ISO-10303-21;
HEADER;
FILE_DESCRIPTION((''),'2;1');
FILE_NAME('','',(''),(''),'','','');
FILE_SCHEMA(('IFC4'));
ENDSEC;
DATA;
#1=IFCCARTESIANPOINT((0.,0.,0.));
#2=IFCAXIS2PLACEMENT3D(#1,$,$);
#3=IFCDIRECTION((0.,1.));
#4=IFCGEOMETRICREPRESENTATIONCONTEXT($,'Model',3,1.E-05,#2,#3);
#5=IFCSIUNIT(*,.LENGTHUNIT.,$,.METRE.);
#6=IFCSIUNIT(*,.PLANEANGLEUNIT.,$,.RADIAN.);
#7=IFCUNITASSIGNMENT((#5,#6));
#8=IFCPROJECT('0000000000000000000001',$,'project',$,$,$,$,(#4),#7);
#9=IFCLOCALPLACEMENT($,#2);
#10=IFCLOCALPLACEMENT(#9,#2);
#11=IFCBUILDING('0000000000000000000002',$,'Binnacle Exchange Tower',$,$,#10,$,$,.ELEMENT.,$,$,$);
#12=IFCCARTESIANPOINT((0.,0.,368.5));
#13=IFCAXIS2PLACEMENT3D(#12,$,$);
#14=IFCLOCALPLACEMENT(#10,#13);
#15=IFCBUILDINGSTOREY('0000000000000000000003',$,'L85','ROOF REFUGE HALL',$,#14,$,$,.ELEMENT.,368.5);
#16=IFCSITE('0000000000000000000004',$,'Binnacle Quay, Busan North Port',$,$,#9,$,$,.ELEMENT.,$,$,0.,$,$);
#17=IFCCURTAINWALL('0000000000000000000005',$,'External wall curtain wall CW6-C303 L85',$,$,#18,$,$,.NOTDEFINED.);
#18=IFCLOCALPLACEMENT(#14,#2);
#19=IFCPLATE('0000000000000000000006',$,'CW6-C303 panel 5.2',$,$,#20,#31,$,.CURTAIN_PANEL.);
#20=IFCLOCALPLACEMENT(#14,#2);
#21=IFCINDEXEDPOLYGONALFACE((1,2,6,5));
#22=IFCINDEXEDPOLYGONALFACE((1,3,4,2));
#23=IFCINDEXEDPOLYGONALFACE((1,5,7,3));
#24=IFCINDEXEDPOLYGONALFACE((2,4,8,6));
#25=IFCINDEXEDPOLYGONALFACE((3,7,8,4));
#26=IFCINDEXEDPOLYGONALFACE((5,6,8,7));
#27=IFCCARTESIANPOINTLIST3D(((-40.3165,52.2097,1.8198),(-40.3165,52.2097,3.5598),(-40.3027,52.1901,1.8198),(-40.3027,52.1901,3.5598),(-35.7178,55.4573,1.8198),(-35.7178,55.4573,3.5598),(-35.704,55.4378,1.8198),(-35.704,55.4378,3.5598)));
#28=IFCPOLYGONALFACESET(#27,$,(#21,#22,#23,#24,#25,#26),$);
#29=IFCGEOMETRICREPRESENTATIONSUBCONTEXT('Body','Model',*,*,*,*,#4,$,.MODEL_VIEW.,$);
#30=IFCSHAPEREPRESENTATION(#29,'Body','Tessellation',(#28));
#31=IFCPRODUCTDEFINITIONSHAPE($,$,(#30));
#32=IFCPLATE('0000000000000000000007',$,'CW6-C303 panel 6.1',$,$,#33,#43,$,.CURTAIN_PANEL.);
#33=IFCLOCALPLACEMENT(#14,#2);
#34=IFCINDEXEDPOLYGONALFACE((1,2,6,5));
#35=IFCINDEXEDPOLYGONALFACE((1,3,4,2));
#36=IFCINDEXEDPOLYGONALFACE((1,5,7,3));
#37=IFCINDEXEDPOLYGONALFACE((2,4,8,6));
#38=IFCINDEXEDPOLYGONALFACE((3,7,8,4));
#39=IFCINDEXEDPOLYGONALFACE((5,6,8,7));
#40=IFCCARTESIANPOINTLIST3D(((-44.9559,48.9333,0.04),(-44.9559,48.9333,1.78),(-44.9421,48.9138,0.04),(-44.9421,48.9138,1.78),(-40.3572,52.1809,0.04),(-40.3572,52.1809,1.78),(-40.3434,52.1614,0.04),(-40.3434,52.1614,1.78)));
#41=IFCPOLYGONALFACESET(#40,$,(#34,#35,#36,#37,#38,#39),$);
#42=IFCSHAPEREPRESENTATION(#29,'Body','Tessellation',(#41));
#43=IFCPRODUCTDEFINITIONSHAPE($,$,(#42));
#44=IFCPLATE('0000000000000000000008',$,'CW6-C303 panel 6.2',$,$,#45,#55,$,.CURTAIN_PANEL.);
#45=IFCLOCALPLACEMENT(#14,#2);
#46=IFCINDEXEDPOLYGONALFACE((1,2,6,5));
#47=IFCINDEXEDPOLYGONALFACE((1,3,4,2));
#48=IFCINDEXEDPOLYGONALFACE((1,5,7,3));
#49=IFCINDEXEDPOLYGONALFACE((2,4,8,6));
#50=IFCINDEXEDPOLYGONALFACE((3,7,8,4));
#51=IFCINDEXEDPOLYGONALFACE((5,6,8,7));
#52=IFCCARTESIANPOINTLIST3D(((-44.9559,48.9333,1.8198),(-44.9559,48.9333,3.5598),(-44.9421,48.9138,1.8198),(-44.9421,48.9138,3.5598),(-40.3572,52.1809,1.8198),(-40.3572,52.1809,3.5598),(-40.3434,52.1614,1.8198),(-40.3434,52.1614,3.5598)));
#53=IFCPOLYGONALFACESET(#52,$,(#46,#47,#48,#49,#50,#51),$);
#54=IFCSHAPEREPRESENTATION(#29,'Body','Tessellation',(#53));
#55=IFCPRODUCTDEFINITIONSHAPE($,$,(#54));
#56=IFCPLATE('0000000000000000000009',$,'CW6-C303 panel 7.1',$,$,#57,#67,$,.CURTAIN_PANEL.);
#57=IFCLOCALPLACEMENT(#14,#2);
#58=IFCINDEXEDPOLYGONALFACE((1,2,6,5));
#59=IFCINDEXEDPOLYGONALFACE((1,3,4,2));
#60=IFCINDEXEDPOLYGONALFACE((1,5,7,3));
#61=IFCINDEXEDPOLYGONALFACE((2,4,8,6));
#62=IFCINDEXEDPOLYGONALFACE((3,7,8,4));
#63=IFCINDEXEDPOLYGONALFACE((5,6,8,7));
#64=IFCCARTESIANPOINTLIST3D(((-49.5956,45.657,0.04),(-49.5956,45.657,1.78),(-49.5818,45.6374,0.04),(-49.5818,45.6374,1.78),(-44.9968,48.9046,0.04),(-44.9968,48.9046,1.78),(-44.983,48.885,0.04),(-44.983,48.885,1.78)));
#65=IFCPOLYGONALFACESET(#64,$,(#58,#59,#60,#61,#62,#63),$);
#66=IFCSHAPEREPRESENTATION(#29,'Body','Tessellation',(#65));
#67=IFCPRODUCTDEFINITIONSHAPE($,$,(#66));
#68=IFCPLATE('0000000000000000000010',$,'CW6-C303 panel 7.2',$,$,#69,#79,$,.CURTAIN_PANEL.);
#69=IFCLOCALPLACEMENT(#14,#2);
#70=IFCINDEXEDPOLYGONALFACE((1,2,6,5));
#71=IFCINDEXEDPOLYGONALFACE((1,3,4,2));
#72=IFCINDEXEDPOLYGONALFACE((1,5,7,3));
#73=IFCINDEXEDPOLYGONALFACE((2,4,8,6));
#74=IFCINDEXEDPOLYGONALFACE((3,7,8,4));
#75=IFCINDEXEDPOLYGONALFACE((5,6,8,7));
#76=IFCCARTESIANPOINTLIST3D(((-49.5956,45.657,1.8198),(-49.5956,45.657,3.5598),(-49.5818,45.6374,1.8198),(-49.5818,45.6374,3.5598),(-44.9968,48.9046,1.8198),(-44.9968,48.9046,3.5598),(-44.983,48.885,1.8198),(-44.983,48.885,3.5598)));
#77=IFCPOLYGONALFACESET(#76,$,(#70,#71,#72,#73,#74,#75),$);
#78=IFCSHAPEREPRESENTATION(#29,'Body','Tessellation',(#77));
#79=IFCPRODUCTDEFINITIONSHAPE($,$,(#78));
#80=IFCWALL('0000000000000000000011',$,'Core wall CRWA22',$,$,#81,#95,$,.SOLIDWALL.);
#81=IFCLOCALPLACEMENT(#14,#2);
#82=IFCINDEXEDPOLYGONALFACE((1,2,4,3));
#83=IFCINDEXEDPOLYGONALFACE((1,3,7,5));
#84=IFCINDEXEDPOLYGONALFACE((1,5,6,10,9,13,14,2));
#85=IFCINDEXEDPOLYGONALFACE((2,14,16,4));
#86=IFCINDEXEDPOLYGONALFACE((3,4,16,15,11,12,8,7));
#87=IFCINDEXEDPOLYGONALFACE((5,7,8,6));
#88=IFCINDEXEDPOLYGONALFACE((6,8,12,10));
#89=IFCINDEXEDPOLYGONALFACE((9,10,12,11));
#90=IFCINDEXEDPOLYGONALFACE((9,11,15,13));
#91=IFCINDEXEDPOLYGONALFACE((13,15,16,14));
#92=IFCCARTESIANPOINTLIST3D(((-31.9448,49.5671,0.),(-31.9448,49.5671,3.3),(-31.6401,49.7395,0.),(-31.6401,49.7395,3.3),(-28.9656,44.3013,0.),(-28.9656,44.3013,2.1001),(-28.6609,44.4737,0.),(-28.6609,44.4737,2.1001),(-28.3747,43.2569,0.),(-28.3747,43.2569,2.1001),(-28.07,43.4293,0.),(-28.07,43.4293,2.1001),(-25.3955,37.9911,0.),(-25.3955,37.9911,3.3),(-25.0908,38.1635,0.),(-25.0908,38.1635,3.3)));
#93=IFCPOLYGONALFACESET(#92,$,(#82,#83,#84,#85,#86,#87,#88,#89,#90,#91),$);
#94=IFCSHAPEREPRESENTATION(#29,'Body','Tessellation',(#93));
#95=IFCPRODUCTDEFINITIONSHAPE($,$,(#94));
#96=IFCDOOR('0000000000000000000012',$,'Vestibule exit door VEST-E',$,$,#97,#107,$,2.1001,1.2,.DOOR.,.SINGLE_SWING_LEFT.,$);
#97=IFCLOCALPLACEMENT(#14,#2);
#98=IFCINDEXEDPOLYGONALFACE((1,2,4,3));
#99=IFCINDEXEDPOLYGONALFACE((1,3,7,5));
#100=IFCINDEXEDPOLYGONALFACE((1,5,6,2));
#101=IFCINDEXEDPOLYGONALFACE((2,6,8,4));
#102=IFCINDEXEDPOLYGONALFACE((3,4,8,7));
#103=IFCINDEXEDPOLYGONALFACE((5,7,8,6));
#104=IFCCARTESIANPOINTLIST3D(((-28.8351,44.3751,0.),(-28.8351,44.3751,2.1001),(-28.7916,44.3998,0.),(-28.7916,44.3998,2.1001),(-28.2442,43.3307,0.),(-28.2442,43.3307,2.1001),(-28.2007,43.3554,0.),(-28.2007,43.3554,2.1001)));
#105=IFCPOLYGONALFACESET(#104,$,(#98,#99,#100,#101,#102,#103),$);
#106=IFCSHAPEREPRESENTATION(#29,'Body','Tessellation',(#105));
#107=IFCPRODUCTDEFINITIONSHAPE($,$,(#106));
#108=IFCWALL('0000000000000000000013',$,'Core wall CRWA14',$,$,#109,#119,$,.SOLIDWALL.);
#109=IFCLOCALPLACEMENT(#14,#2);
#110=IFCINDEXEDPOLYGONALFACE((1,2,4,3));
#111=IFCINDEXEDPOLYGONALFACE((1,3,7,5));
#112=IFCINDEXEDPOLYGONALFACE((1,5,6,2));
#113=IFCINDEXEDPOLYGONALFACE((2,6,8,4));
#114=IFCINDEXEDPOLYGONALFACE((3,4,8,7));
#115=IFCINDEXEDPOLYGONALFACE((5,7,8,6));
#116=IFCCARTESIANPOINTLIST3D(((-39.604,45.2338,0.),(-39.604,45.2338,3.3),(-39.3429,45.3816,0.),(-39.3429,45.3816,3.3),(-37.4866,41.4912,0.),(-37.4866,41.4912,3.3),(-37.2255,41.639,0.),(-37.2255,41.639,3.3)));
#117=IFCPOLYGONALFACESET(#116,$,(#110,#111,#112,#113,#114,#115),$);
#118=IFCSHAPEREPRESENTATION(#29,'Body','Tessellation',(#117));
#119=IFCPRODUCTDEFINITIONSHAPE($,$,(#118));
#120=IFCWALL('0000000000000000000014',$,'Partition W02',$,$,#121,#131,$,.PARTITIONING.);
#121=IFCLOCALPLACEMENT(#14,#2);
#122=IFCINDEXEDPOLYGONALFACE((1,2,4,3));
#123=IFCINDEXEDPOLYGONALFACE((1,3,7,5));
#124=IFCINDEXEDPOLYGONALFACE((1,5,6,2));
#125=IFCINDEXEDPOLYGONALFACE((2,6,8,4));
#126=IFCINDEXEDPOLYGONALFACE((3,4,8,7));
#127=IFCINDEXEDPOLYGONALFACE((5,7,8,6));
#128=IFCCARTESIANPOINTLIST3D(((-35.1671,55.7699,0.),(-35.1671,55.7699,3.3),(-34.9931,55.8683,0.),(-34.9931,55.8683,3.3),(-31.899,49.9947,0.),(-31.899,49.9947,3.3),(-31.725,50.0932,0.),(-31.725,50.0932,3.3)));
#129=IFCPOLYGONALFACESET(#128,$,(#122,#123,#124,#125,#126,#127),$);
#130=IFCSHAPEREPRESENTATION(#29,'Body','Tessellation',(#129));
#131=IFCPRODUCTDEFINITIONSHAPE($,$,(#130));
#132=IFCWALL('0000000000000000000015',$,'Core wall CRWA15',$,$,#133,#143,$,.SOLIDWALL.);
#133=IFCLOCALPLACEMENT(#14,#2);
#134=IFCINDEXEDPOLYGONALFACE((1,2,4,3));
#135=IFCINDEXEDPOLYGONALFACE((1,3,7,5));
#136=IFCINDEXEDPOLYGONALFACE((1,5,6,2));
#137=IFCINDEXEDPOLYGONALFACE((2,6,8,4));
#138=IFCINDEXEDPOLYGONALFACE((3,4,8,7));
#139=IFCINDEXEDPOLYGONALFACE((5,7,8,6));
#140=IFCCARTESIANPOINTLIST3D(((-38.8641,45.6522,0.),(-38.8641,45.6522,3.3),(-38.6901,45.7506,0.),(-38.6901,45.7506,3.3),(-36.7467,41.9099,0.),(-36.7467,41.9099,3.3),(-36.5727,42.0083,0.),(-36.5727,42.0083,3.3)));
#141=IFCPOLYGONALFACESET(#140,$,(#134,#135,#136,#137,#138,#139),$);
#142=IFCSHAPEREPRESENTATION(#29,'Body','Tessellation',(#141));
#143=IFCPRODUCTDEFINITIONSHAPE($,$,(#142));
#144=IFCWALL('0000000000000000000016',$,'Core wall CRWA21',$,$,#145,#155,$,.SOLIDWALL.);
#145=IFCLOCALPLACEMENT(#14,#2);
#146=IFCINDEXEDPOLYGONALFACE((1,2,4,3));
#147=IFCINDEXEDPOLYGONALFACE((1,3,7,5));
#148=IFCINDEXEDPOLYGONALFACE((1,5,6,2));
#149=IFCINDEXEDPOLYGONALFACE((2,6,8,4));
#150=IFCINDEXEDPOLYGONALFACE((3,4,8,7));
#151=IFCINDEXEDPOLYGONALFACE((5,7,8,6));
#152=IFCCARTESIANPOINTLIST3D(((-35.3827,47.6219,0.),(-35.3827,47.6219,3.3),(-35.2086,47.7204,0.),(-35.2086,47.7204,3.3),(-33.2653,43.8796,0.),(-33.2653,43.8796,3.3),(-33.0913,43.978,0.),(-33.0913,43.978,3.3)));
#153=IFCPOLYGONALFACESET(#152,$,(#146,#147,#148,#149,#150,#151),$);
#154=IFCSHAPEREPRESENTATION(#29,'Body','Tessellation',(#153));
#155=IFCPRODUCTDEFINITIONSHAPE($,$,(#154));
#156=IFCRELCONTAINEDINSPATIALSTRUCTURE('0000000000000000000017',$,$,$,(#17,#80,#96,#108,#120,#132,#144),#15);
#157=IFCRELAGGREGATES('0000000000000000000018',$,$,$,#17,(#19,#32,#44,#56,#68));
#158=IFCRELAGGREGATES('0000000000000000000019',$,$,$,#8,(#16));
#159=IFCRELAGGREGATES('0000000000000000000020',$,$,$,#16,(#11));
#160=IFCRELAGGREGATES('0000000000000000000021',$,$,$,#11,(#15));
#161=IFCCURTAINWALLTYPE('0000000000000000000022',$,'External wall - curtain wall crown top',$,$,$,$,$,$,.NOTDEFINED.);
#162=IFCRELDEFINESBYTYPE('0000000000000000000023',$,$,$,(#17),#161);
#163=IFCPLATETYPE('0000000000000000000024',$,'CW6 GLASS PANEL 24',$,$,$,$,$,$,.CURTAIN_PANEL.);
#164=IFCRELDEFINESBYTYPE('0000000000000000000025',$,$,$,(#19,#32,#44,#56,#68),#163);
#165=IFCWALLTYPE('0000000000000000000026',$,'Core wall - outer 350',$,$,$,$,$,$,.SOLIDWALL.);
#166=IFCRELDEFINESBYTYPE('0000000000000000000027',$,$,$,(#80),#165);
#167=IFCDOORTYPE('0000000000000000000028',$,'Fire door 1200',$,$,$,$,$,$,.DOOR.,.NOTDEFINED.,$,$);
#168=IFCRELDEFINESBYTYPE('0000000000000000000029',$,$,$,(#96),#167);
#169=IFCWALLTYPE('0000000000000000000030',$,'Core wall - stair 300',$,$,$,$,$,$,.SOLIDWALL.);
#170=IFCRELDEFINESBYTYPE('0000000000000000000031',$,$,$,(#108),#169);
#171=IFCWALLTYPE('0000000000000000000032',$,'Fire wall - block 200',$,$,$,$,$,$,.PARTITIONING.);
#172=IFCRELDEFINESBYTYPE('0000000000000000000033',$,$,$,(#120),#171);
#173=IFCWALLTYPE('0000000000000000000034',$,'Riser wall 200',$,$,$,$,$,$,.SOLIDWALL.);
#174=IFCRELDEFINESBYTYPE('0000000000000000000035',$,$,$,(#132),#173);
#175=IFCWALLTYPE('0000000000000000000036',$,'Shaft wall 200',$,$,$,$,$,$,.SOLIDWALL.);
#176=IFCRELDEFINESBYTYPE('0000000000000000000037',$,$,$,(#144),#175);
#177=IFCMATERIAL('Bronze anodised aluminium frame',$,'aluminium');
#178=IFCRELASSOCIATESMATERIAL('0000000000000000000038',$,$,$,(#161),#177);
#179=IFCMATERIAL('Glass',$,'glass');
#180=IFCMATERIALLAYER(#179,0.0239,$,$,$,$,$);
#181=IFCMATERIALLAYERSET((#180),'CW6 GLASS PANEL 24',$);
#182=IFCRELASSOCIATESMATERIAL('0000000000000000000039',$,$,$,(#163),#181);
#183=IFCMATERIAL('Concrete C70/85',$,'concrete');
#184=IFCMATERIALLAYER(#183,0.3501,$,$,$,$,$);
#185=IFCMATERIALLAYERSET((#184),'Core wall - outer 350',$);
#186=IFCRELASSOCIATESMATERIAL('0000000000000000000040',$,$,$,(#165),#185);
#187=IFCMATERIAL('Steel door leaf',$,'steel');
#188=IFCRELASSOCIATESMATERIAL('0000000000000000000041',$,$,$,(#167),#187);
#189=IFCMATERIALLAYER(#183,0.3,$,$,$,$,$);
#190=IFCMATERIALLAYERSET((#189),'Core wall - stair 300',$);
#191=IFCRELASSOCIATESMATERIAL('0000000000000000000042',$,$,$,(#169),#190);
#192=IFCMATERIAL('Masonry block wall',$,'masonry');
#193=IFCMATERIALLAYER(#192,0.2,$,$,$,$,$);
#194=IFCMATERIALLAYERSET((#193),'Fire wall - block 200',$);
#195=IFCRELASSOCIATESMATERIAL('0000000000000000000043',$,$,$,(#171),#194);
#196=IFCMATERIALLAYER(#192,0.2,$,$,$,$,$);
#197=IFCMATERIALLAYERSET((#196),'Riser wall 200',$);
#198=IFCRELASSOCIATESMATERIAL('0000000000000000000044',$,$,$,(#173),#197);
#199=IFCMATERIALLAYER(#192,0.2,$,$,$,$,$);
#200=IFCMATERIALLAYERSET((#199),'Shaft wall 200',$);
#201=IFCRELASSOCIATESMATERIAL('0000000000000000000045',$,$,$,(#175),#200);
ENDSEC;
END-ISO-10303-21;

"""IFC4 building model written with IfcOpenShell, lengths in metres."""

from ifc_helpers import new_model, si_unit, direction, frame, frame_2d, origin, origin_2d, place, context, subcontext, project, spatial, rectangle, extrude, material, layer, layer_set, type_object, element, fill, aggregate, save


model = new_model("IFC4")

# Units and contexts
model_context = context("Model", 3, precision=1e-05, world=origin(), true_north=direction((0.0, 1.0)))
body_context = subcontext(model_context, "Body", "Model", "MODEL_VIEW")
ifc_project = project(units=[si_unit("LENGTHUNIT", "METRE"), si_unit("PLANEANGLEUNIT", "RADIAN")], contexts=[model_context])

# Site, building, storey
site_placement = place(None, origin())
site = spatial("IfcSite", under=ifc_project, at=site_placement, Name="Binnacle Quay, Busan North Port", CompositionType="ELEMENT", RefElevation=0.0)
building_placement = place(site_placement, origin())
building = spatial("IfcBuilding", under=site, at=building_placement, Name="Binnacle Exchange Tower", CompositionType="ELEMENT")
storey_placement = place(building_placement, frame((0.0, 0.0, 368.5)))
storey = spatial("IfcBuildingStorey", under=building, at=storey_placement, Name="L85", Description="ROOF REFUGE HALL", CompositionType="ELEMENT", Elevation=368.5)

# Curtain wall
ifc_material_1 = material(Name="Bronze anodised aluminium frame", Category="aluminium")
curtain_wall_type = type_object("IfcCurtainWallType", Name="External wall - curtain wall crown top", PredefinedType="NOTDEFINED", material=ifc_material_1)
curtain_wall_placement = place(storey_placement, origin())
curtain_wall = element("IfcCurtainWall", 1, at=curtain_wall_placement, inside=storey, type_object=curtain_wall_type, Name="External wall curtain wall CW6-C303 L85", PredefinedType="NOTDEFINED")

# Plates
ifc_material_2 = material(Name="Glass", Category="glass")
ifc_layer_1 = layer(ifc_material_2, 0.0239)
ifc_layer_set_1 = layer_set([ifc_layer_1], Name="CW6 GLASS PANEL 24")
plate_type = type_object("IfcPlateType", Name="CW6 GLASS PANEL 24", PredefinedType="CURTAIN_PANEL", material=ifc_layer_set_1)
plate_1_placement = place(storey_placement, frame((-38.0103, 53.8237, 1.8198), z_axis=(0.0, 0.0, 1.0), x_axis=(-0.816847, -0.576854, 0.0)))
plate_1 = element("IfcPlate", 2, at=plate_1_placement, type_object=plate_type, Name="CW6-C303 panel 5.2", PredefinedType="CURTAIN_PANEL", context=body_context, shape_type="SweptSolid", body=[
    extrude(rectangle(XDim=5.6299, YDim=0.0239, at=origin_2d()), origin(), (0.0, 0.0, 1.0), 1.74),
])
plate_2_placement = place(storey_placement, frame((-42.6497, 50.5474, 0.04), z_axis=(0.0, 0.0, 1.0), x_axis=(-0.816847, -0.576854, 0.0)))
plate_2 = element("IfcPlate", 3, at=plate_2_placement, type_object=plate_type, Name="CW6-C303 panel 6.1", PredefinedType="CURTAIN_PANEL", context=body_context, shape_type="SweptSolid", body=[
    extrude(rectangle(XDim=5.6299, YDim=0.0239, at=origin_2d()), origin(), (0.0, 0.0, 1.0), 1.74),
])
plate_3_placement = place(storey_placement, frame((-42.6497, 50.5474, 1.8198), z_axis=(0.0, 0.0, 1.0), x_axis=(-0.816847, -0.576854, 0.0)))
plate_3 = element("IfcPlate", 4, at=plate_3_placement, type_object=plate_type, Name="CW6-C303 panel 6.2", PredefinedType="CURTAIN_PANEL", context=body_context, shape_type="SweptSolid", body=[
    extrude(rectangle(XDim=5.6299, YDim=0.0239, at=origin_2d()), origin(), (0.0, 0.0, 1.0), 1.74),
])
plate_4_placement = place(storey_placement, frame((-47.2893, 47.271, 0.04), z_axis=(0.0, 0.0, 1.0), x_axis=(-0.816847, -0.576854, 0.0)))
plate_4 = element("IfcPlate", 5, at=plate_4_placement, type_object=plate_type, Name="CW6-C303 panel 7.1", PredefinedType="CURTAIN_PANEL", context=body_context, shape_type="SweptSolid", body=[
    extrude(rectangle(XDim=5.6299, YDim=0.0239, at=origin_2d()), origin(), (0.0, 0.0, 1.0), 1.74),
])
plate_5_placement = place(storey_placement, frame((-47.2893, 47.271, 1.8198), z_axis=(0.0, 0.0, 1.0), x_axis=(-0.816847, -0.576854, 0.0)))
plate_5 = element("IfcPlate", 6, at=plate_5_placement, type_object=plate_type, Name="CW6-C303 panel 7.2", PredefinedType="CURTAIN_PANEL", context=body_context, shape_type="SweptSolid", body=[
    extrude(rectangle(XDim=5.6299, YDim=0.0239, at=origin_2d()), origin(), (0.0, 0.0, 1.0), 1.74),
])
aggregate(curtain_wall, [plate_1, plate_2, plate_3, plate_4, plate_5])

# Wall, opening, door
ifc_material_3 = material(Name="Concrete C70/85", Category="concrete")
ifc_layer_2 = layer(ifc_material_3, 0.3501)
ifc_layer_set_2 = layer_set([ifc_layer_2], Name="Core wall - outer 350")
wall_type_1 = type_object("IfcWallType", Name="Core wall - outer 350", PredefinedType="SOLIDWALL", material=ifc_layer_set_2)
wall_1_placement = place(storey_placement, frame((-31.7925, 49.6533, 0.0), z_axis=(0.0, 0.0, 1.0), x_axis=(0.492422, -0.870357, 0.0)))
wall_1 = element("IfcWall", 7, at=wall_1_placement, inside=storey, type_object=wall_type_1, Name="Core wall CRWA22", PredefinedType="SOLIDWALL", context=body_context, shape_type="SweptSolid", body=[
    extrude(rectangle(XDim=13.3003, YDim=0.3501, at=frame_2d((6.6501, 0.0))), origin(), (0.0, 0.0, 1.0), 3.3),
])
opening_placement = place(wall_1_placement, frame((6.05, 0.0, 0.0)))
opening = element("IfcOpeningElement", 8, at=opening_placement, cuts=wall_1, PredefinedType="OPENING", context=body_context, shape_type="SweptSolid", body=[
    extrude(rectangle(XDim=1.2, YDim=2.1001, at=frame_2d((0.6001, 1.05))), frame((0.0, 0.1851, 0.0), z_axis=(0.0, -1.0, 0.0), x_axis=(1.0, 0.0, 0.0)), (0.0, 0.0, 1.0), 0.3701),
])
ifc_material_4 = material(Name="Steel door leaf", Category="steel")
door_type = type_object("IfcDoorType", Name="Fire door 1200", OperationType="NOTDEFINED", PredefinedType="DOOR", material=ifc_material_4)
door_placement = place(opening_placement, origin())
door = element("IfcDoor", 9, at=door_placement, inside=storey, type_object=door_type, Name="Vestibule exit door VEST-E", OperationType="SINGLE_SWING_LEFT", OverallHeight=2.1001, OverallWidth=1.2, PredefinedType="DOOR", context=body_context, shape_type="SweptSolid", body=[
    extrude(rectangle(XDim=1.2, YDim=2.1001, at=frame_2d((0.6001, 1.05))), frame((0.0, 0.0249, 0.0), z_axis=(0.0, -1.0, 0.0), x_axis=(1.0, 0.0, 0.0)), (0.0, 0.0, 1.0), 0.05),
])
fill(opening, door)

# Walls
ifc_layer_3 = layer(ifc_material_3, 0.3)
ifc_layer_set_3 = layer_set([ifc_layer_3], Name="Core wall - stair 300")
wall_type_2 = type_object("IfcWallType", Name="Core wall - stair 300", PredefinedType="SOLIDWALL", material=ifc_layer_set_3)
wall_2_placement = place(storey_placement, frame((-39.4734, 45.3076, 0.0), z_axis=(0.0, 0.0, 1.0), x_axis=(0.492411, -0.870363, 0.0)))
element("IfcWall", 10, at=wall_2_placement, inside=storey, type_object=wall_type_2, Name="Core wall CRWA14", PredefinedType="SOLIDWALL", context=body_context, shape_type="SweptSolid", body=[
    extrude(rectangle(XDim=4.3, YDim=0.3, at=frame_2d((2.1499, 0.0))), origin(), (0.0, 0.0, 1.0), 3.3),
])
ifc_material_5 = material(Name="Masonry block wall", Category="masonry")
ifc_layer_4 = layer(ifc_material_5, 0.2)
ifc_layer_set_4 = layer_set([ifc_layer_4], Name="Fire wall - block 200")
wall_type_3 = type_object("IfcWallType", Name="Fire wall - block 200", PredefinedType="PARTITIONING", material=ifc_layer_set_4)
wall_3_placement = place(storey_placement, frame((-35.0801, 55.8191, 0.0), z_axis=(0.0, 0.0, 1.0), x_axis=(0.492497, -0.870314, 0.0)))
element("IfcWall", 11, at=wall_3_placement, inside=storey, type_object=wall_type_3, Name="Partition W02", PredefinedType="PARTITIONING", context=body_context, shape_type="SweptSolid", body=[
    extrude(rectangle(XDim=6.6357, YDim=0.2, at=frame_2d((3.3179, 0.0))), origin(), (0.0, 0.0, 1.0), 3.3),
])
ifc_layer_5 = layer(ifc_material_5, 0.2)
ifc_layer_set_5 = layer_set([ifc_layer_5], Name="Riser wall 200")
wall_type_4 = type_object("IfcWallType", Name="Riser wall 200", PredefinedType="SOLIDWALL", material=ifc_layer_set_5)
wall_4_placement = place(storey_placement, frame((-38.7771, 45.7014, 0.0), z_axis=(0.0, 0.0, 1.0), x_axis=(0.492435, -0.870349, 0.0)))
element("IfcWall", 12, at=wall_4_placement, inside=storey, type_object=wall_type_4, Name="Core wall CRWA15", PredefinedType="SOLIDWALL", context=body_context, shape_type="SweptSolid", body=[
    extrude(rectangle(XDim=4.2998, YDim=0.2, at=frame_2d((2.1499, 0.0))), origin(), (0.0, 0.0, 1.0), 3.3),
])
ifc_layer_6 = layer(ifc_material_5, 0.2)
ifc_layer_set_6 = layer_set([ifc_layer_6], Name="Shaft wall 200")
wall_type_5 = type_object("IfcWallType", Name="Shaft wall 200", PredefinedType="SOLIDWALL", material=ifc_layer_set_6)
wall_5_placement = place(storey_placement, frame((-35.2957, 47.6711, 0.0), z_axis=(0.0, 0.0, 1.0), x_axis=(0.492435, -0.870349, 0.0)))
element("IfcWall", 13, at=wall_5_placement, inside=storey, type_object=wall_type_5, Name="Core wall CRWA21", PredefinedType="SOLIDWALL", context=body_context, shape_type="SweptSolid", body=[
    extrude(rectangle(XDim=4.2998, YDim=0.2, at=frame_2d((2.1499, 0.0))), origin(), (0.0, 0.0, 1.0), 3.3),
])

save(model, "model.ifc")
